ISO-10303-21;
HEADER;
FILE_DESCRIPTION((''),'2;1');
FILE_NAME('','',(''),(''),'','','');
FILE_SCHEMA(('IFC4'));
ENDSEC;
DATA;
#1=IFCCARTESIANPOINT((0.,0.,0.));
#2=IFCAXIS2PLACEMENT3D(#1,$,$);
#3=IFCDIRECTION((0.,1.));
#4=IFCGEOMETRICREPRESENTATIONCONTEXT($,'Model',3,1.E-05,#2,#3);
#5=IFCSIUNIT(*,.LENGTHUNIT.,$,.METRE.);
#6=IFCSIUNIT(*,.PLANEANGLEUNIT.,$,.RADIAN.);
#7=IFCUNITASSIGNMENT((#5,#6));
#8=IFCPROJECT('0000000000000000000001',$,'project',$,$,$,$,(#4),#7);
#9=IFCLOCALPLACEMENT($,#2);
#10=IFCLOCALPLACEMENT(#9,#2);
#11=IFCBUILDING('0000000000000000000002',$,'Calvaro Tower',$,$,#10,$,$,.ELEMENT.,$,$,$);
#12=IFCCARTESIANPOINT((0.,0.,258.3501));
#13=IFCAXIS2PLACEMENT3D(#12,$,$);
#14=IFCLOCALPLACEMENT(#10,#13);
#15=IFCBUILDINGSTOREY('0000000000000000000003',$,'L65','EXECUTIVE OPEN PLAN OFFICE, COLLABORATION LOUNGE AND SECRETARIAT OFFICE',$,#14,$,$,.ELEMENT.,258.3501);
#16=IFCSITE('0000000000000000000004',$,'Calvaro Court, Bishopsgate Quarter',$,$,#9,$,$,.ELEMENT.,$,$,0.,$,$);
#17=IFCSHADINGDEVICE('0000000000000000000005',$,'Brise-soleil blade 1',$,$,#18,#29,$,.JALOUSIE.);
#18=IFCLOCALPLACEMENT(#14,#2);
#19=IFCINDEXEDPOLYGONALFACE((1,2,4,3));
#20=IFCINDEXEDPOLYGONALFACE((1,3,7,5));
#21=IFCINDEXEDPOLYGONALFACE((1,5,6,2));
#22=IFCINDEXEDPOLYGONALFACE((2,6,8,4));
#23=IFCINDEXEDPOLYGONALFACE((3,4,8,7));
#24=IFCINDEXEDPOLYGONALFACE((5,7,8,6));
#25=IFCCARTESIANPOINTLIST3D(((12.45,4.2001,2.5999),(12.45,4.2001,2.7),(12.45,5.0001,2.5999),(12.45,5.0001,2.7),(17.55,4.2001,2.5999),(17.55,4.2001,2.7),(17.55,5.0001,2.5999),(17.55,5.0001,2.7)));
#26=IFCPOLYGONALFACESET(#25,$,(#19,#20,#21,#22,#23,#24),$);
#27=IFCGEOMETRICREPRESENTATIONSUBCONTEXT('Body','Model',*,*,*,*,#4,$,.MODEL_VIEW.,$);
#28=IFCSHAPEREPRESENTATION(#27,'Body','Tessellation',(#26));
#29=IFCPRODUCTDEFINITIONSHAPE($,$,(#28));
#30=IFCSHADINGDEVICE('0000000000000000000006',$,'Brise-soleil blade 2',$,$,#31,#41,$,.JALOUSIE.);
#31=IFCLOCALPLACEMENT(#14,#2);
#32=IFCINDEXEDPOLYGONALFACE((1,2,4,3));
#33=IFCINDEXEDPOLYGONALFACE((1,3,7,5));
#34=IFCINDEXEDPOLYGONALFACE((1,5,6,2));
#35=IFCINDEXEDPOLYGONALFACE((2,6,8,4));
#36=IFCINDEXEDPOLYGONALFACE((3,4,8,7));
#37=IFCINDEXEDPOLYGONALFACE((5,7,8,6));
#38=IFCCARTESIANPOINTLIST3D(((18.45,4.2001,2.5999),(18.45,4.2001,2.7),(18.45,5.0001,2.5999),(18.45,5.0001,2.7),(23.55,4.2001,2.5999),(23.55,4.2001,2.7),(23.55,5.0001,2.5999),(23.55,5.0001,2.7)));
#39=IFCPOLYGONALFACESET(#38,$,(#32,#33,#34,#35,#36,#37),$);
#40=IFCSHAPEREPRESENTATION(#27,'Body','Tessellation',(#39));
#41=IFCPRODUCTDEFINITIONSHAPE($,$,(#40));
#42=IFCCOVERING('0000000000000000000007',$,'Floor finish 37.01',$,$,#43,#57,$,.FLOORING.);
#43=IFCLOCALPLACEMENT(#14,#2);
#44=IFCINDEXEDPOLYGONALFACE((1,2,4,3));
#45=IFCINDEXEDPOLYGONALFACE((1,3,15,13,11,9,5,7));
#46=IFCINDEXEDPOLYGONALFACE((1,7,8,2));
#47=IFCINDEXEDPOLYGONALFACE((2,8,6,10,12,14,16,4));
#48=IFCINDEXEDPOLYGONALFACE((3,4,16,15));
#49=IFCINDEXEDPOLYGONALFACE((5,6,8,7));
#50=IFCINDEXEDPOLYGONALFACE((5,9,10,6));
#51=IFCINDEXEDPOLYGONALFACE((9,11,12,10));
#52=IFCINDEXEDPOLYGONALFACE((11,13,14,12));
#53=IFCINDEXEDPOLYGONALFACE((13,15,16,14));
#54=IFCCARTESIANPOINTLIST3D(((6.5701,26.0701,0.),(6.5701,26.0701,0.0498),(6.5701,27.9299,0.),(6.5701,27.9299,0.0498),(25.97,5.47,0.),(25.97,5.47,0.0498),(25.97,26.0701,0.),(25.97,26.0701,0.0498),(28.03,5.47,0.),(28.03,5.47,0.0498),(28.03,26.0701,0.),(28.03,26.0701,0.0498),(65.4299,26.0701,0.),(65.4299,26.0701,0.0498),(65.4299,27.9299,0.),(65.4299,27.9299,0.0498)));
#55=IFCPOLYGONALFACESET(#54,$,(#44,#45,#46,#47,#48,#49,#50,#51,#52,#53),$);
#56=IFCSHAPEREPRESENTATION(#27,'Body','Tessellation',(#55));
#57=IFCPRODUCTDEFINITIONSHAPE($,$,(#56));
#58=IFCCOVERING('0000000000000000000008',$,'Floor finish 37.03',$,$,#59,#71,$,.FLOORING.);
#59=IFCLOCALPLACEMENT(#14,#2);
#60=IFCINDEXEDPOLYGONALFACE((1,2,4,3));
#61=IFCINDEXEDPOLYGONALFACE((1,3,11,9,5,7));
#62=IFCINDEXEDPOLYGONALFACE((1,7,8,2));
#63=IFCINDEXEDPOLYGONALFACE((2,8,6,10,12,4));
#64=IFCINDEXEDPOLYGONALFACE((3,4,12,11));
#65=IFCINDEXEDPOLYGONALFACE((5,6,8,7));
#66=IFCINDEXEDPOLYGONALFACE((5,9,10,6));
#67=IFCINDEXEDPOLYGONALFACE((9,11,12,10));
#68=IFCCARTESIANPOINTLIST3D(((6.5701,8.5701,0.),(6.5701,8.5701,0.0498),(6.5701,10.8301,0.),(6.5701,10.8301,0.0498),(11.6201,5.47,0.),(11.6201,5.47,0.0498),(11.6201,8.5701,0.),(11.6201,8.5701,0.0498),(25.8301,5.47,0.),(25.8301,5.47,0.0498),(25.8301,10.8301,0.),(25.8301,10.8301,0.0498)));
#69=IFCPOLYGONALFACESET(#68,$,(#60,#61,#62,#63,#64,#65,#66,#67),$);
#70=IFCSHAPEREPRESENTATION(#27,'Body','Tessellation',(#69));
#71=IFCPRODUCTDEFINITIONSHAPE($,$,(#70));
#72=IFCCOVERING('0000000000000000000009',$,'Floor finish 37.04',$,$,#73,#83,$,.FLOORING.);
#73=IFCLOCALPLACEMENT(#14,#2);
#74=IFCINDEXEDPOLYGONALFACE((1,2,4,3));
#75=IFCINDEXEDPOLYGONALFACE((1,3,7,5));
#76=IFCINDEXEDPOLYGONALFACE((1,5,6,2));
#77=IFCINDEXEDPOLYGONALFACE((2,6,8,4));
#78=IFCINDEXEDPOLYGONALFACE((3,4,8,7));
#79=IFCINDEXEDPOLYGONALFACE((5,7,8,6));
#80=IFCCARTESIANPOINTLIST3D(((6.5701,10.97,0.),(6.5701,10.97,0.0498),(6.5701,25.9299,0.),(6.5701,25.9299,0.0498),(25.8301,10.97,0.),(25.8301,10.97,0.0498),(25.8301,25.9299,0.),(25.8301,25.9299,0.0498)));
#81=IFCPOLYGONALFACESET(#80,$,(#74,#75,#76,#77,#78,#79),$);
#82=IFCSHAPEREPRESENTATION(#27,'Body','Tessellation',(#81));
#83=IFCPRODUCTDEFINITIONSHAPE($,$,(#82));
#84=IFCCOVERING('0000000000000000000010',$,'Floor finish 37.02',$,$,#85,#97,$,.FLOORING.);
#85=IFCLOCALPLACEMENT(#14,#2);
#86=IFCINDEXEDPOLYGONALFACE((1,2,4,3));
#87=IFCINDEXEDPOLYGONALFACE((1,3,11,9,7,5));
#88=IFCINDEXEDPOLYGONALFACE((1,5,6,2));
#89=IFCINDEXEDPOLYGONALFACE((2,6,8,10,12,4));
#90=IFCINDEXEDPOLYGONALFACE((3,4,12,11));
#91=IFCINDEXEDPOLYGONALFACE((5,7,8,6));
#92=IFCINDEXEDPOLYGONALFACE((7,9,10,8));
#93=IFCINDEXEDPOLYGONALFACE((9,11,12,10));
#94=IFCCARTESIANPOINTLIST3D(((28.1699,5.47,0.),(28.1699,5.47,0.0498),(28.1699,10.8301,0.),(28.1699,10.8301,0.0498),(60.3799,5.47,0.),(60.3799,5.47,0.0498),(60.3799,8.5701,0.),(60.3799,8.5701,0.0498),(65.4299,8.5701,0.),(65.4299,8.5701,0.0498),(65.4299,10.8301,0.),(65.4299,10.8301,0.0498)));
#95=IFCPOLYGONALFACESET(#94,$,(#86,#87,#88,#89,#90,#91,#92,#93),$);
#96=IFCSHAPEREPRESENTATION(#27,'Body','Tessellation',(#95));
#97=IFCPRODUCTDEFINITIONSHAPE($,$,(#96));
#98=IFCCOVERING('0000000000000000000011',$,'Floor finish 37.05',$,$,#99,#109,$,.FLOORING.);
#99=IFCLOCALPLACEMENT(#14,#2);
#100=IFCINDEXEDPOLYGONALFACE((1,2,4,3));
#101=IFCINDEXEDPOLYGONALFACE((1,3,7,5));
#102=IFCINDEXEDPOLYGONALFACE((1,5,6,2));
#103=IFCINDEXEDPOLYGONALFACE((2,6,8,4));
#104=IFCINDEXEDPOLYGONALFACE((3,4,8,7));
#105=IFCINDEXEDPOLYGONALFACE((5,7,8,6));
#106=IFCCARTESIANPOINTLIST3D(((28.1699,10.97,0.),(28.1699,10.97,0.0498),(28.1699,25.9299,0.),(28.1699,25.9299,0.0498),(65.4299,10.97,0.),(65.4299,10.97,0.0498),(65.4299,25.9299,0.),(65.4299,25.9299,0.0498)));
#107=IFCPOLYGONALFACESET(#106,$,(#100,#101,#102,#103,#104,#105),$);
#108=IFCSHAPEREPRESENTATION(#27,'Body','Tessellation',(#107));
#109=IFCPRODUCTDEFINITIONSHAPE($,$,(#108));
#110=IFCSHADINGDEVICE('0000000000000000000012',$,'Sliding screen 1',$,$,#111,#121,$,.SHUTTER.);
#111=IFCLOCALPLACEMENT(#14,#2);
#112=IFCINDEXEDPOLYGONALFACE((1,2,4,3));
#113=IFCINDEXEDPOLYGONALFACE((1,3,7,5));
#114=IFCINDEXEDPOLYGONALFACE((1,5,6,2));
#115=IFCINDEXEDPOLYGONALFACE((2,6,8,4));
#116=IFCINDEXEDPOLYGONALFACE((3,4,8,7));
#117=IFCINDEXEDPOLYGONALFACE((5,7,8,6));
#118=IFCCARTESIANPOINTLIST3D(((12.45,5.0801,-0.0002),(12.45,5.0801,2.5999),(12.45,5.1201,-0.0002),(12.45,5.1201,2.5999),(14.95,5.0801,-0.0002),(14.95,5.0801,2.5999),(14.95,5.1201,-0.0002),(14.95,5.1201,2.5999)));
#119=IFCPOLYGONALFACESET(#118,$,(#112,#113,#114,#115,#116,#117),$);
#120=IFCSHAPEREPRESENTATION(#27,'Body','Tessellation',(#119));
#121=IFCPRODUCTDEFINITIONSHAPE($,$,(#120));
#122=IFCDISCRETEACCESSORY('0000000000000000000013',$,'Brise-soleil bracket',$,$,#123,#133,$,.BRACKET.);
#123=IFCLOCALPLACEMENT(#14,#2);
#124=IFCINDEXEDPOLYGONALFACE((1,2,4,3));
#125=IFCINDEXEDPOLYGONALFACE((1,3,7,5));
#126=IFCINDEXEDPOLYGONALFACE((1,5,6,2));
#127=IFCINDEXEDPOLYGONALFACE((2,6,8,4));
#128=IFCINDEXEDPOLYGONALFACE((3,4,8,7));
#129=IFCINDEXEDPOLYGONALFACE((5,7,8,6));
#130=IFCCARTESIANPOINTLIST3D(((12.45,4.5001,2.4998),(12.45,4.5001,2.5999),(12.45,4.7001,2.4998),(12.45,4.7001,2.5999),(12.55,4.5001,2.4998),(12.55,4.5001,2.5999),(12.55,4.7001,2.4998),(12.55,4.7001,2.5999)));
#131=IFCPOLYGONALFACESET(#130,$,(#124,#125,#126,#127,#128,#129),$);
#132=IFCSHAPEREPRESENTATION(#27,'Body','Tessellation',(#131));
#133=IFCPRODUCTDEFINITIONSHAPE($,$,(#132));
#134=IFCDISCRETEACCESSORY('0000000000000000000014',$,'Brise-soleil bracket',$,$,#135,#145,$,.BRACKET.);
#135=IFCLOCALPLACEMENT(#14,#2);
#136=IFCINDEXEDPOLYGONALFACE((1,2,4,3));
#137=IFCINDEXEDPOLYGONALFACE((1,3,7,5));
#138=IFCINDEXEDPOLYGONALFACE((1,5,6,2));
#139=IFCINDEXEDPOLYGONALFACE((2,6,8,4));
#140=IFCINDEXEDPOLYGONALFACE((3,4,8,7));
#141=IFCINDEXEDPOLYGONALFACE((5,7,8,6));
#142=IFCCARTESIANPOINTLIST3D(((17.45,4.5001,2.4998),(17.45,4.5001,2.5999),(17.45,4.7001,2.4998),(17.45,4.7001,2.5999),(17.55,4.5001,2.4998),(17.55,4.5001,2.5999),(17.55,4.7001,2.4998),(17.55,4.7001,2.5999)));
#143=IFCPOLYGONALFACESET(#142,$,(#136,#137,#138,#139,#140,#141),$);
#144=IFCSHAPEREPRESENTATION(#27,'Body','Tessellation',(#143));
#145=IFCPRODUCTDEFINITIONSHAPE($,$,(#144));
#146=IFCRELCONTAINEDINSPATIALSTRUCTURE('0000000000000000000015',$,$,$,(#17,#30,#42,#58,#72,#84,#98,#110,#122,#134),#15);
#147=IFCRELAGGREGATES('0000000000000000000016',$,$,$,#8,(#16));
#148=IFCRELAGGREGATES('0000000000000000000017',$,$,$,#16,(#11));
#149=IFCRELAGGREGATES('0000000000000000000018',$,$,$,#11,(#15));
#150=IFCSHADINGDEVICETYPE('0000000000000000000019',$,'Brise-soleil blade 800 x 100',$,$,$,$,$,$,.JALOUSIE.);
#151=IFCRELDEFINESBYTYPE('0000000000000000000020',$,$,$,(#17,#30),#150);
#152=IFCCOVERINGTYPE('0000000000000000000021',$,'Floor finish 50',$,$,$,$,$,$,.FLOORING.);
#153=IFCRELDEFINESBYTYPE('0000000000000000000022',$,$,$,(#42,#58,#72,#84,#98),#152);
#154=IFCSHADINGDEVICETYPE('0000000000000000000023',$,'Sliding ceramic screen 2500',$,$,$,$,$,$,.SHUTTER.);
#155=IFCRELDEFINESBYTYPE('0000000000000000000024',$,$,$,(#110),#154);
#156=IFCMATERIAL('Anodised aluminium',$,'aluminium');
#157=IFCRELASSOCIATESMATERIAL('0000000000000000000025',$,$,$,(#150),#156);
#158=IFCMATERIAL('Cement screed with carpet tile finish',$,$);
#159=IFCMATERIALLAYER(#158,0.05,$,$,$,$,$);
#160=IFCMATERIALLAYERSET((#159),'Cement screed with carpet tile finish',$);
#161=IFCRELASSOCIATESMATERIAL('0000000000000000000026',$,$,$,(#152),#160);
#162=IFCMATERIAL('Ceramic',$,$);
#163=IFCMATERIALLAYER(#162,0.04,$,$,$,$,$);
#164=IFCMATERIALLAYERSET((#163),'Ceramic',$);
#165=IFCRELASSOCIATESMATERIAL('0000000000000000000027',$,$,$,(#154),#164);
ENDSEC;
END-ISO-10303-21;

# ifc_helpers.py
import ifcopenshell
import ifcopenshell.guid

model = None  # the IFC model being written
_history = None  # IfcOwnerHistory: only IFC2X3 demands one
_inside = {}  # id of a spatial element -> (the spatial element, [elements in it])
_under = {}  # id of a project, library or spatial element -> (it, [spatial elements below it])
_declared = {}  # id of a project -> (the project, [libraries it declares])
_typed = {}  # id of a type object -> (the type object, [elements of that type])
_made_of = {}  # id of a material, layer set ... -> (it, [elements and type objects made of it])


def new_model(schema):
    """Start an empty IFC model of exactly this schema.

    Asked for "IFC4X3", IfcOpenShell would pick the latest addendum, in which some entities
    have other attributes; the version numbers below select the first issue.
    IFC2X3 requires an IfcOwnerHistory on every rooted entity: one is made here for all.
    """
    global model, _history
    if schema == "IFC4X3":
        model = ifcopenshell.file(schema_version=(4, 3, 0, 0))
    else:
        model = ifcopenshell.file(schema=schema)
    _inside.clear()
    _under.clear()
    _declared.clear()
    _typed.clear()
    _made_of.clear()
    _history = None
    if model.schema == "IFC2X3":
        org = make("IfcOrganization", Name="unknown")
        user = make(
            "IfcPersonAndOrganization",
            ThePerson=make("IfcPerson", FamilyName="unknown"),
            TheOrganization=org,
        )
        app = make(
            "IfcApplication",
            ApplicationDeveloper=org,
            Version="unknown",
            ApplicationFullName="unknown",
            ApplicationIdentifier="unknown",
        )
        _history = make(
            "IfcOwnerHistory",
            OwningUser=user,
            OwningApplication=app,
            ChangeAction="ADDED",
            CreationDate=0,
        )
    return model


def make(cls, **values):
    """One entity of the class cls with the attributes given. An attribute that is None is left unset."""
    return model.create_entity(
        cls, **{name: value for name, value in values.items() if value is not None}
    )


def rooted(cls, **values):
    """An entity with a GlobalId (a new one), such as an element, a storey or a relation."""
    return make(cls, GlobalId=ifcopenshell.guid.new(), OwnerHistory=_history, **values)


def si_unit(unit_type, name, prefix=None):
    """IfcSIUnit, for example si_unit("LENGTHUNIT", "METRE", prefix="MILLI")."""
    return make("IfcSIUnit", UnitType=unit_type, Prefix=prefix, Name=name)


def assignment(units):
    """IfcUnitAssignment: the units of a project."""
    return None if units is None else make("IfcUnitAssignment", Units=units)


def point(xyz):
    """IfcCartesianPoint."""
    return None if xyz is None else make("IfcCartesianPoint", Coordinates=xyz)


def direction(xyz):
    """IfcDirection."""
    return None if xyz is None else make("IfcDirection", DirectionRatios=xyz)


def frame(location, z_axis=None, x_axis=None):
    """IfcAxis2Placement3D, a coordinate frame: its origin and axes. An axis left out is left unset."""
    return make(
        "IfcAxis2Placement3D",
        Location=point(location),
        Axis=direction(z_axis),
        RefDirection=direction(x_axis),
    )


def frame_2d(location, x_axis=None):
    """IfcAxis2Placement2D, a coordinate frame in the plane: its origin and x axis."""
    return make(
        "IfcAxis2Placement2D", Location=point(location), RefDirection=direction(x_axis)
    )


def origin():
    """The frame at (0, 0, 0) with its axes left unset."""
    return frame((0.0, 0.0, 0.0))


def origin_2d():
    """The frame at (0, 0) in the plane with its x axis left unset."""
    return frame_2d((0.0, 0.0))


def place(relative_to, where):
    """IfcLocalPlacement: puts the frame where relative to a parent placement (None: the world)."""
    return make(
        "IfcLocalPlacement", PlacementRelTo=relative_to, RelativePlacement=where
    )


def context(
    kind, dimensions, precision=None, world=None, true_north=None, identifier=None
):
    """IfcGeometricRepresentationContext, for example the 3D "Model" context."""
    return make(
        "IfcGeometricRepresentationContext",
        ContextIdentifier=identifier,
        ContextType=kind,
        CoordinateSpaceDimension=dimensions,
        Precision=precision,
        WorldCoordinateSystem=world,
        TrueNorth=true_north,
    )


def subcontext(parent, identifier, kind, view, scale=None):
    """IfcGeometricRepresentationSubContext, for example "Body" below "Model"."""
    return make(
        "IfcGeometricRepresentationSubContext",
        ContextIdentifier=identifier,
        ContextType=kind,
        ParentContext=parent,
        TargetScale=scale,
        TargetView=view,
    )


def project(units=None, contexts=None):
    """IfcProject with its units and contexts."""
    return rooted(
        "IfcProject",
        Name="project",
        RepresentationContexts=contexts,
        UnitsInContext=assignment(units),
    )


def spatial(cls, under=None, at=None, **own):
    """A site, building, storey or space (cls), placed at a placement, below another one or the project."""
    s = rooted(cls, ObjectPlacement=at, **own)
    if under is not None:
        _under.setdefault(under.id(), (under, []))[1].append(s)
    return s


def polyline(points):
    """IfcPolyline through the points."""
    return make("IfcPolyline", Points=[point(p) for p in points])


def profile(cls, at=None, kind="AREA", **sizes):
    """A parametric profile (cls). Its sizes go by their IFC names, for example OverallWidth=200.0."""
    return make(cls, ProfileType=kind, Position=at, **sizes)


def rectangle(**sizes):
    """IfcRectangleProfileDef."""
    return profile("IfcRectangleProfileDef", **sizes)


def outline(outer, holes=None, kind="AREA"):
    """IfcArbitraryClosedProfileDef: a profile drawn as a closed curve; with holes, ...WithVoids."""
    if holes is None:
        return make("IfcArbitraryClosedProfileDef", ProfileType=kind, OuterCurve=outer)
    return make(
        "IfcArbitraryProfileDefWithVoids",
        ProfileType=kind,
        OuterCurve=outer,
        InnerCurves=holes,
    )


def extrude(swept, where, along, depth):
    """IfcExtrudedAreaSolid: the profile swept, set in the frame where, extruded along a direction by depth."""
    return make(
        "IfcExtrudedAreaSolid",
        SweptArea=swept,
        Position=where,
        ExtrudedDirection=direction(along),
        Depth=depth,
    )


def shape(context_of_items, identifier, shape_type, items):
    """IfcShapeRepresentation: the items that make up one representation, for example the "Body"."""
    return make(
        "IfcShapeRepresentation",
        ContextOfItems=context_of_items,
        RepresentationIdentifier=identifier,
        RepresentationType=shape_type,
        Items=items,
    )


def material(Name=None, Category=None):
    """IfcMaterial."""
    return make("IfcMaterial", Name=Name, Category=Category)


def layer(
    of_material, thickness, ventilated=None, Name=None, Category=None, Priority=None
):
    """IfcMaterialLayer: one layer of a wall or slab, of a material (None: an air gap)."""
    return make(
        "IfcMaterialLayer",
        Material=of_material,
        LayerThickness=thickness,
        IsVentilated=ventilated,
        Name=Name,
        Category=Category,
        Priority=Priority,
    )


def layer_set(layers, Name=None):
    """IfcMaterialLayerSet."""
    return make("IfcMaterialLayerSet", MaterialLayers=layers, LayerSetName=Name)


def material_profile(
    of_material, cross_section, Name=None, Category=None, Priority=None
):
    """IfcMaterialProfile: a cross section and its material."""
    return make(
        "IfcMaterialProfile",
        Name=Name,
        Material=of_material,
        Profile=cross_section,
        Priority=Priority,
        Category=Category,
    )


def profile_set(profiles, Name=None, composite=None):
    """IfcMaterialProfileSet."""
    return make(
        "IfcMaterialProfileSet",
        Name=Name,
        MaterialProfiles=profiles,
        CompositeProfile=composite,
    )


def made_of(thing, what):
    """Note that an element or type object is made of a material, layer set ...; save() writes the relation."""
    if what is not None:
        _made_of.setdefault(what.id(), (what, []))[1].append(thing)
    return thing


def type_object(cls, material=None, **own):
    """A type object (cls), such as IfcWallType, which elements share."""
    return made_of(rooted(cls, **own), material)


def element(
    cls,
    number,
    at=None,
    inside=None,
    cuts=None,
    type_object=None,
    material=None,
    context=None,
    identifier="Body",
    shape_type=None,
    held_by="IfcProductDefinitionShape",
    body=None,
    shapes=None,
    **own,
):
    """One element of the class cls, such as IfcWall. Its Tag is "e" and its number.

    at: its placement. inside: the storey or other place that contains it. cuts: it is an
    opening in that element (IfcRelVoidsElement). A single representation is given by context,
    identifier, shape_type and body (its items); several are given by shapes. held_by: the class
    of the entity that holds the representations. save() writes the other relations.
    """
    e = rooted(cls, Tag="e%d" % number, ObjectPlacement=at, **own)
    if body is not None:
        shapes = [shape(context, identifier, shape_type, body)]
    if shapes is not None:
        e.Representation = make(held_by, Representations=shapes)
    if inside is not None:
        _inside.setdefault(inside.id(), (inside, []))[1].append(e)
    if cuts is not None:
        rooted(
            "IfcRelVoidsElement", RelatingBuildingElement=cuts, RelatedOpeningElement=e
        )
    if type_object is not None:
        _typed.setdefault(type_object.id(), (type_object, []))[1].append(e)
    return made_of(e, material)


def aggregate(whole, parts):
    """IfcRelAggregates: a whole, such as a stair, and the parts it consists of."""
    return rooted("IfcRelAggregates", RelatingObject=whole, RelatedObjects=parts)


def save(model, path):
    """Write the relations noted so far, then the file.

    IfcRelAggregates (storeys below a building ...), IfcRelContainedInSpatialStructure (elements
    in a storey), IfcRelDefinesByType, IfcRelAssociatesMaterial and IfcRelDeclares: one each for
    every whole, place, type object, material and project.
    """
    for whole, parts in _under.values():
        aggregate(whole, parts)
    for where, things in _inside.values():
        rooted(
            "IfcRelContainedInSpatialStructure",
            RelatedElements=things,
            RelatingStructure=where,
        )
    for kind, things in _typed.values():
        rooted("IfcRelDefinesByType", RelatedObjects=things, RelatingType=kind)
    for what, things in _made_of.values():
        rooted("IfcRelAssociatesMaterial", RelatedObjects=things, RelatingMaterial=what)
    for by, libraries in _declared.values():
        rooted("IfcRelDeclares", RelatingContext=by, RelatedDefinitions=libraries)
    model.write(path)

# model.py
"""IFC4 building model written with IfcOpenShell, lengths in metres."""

from ifc_helpers import new_model, si_unit, direction, frame, origin, origin_2d, place, context, subcontext, project, spatial, polyline, rectangle, outline, extrude, material, layer, layer_set, material_profile, profile_set, type_object, element, save


model = new_model("IFC4")

# Units and contexts
model_context = context("Model", 3, precision=1e-05, world=origin(), true_north=direction((0.0, 1.0)))
body_context = subcontext(model_context, "Body", "Model", "MODEL_VIEW")
ifc_project = project(units=[si_unit("LENGTHUNIT", "METRE"), si_unit("PLANEANGLEUNIT", "RADIAN")], contexts=[model_context])

# Site, building, storey
site_placement = place(None, origin())
site = spatial("IfcSite", under=ifc_project, at=site_placement, Name="Calvaro Court, Bishopsgate Quarter", CompositionType="ELEMENT", RefElevation=0.0)
building_placement = place(site_placement, origin())
building = spatial("IfcBuilding", under=site, at=building_placement, Name="Calvaro Tower", CompositionType="ELEMENT")
storey_placement = place(building_placement, frame((0.0, 0.0, 258.3501)))
storey = spatial("IfcBuildingStorey", under=building, at=storey_placement, Name="L65", Description="EXECUTIVE OPEN PLAN OFFICE, COLLABORATION LOUNGE AND SECRETARIAT OFFICE", CompositionType="ELEMENT", Elevation=258.3501)

# Shading devices
ifc_material_1 = material(Name="Anodised aluminium", Category="aluminium")
ifc_material_profile_1 = material_profile(ifc_material_1, rectangle(XDim=0.8, YDim=0.1001, at=origin_2d()), Name="Brise-soleil blade 800 x 100")
ifc_profile_set_1 = profile_set([ifc_material_profile_1], Name="Anodised aluminium")
shading_device_type_1 = type_object("IfcShadingDeviceType", Name="Brise-soleil blade 800 x 100", PredefinedType="JALOUSIE", material=ifc_profile_set_1)
for number, where, z_axis, x_axis, name in (
    (1, (12.45, 4.6001, 2.6499), (1.0, 0.0, 0.0), (0.0, 1.0, 0.0), "Brise-soleil blade 1"),
    (2, (18.45, 4.6001, 2.6499), (1.0, 0.0, 0.0), (0.0, 1.0, 0.0), "Brise-soleil blade 2"),
):
    element("IfcShadingDevice", number, at=place(storey_placement, frame(where, z_axis=z_axis, x_axis=x_axis)), inside=storey, type_object=shading_device_type_1, Name=name, PredefinedType="JALOUSIE", context=body_context, shape_type="SweptSolid", body=[
        extrude(rectangle(XDim=0.8, YDim=0.1001, at=origin_2d()), origin(), (0.0, 0.0, 1.0), 5.1001),
    ])

# Coverings
ifc_material_2 = material(Name="Cement screed with carpet tile finish")
ifc_layer_1 = layer(ifc_material_2, 0.05)
ifc_layer_set_1 = layer_set([ifc_layer_1], Name="Cement screed with carpet tile finish")
covering_type = type_object("IfcCoveringType", Name="Floor finish 50", PredefinedType="FLOORING", material=ifc_layer_set_1)
covering_1_placement = place(storey_placement, origin())
element("IfcCovering", 3, at=covering_1_placement, inside=storey, type_object=covering_type, Name="Floor finish 37.01", PredefinedType="FLOORING", context=body_context, shape_type="SweptSolid", body=[
    extrude(outline(polyline([(25.97, 5.47), (25.97, 26.0701), (6.5701, 26.0701), (6.5701, 27.9299), (65.4299, 27.9299), (65.4299, 26.0701), (28.03, 26.0701), (28.03, 5.47), (25.97, 5.47)])), origin(), (0.0, 0.0, 1.0), 0.0498),
])
covering_2_placement = place(storey_placement, origin())
element("IfcCovering", 4, at=covering_2_placement, inside=storey, type_object=covering_type, Name="Floor finish 37.03", PredefinedType="FLOORING", context=body_context, shape_type="SweptSolid", body=[
    extrude(outline(polyline([(25.8301, 10.8301), (25.8301, 5.47), (11.6201, 5.47), (11.6201, 8.5701), (6.5701, 8.5701), (6.5701, 10.8301), (25.8301, 10.8301)])), origin(), (0.0, 0.0, 1.0), 0.0498),
])
covering_3_placement = place(storey_placement, origin())
element("IfcCovering", 5, at=covering_3_placement, inside=storey, type_object=covering_type, Name="Floor finish 37.04", PredefinedType="FLOORING", context=body_context, shape_type="SweptSolid", body=[
    extrude(outline(polyline([(25.8301, 25.9299), (25.8301, 10.97), (6.5701, 10.97), (6.5701, 25.9299), (25.8301, 25.9299)])), origin(), (0.0, 0.0, 1.0), 0.0498),
])
covering_4_placement = place(storey_placement, origin())
element("IfcCovering", 6, at=covering_4_placement, inside=storey, type_object=covering_type, Name="Floor finish 37.02", PredefinedType="FLOORING", context=body_context, shape_type="SweptSolid", body=[
    extrude(outline(polyline([(65.4299, 8.5701), (60.3799, 8.5701), (60.3799, 5.47), (28.1699, 5.47), (28.1699, 10.8301), (65.4299, 10.8301), (65.4299, 8.5701)])), origin(), (0.0, 0.0, 1.0), 0.0498),
])
covering_5_placement = place(storey_placement, origin())
element("IfcCovering", 7, at=covering_5_placement, inside=storey, type_object=covering_type, Name="Floor finish 37.05", PredefinedType="FLOORING", context=body_context, shape_type="SweptSolid", body=[
    extrude(outline(polyline([(65.4299, 10.97), (28.1699, 10.97), (28.1699, 25.9299), (65.4299, 25.9299), (65.4299, 10.97)])), origin(), (0.0, 0.0, 1.0), 0.0498),
])

# Shading device
ifc_material_3 = material(Name="Ceramic")
ifc_layer_2 = layer(ifc_material_3, 0.04)
ifc_layer_set_2 = layer_set([ifc_layer_2], Name="Ceramic")
shading_device_type_2 = type_object("IfcShadingDeviceType", Name="Sliding ceramic screen 2500", PredefinedType="SHUTTER", material=ifc_layer_set_2)
shading_device_placement = place(storey_placement, frame((13.7, 5.1001, -0.0002), z_axis=(0.0, 0.0, 1.0), x_axis=(1.0, 0.0, 0.0)))
element("IfcShadingDevice", 8, at=shading_device_placement, inside=storey, type_object=shading_device_type_2, Name="Sliding screen 1", PredefinedType="SHUTTER", context=body_context, shape_type="SweptSolid", body=[
    extrude(rectangle(XDim=2.5, YDim=0.04, at=origin_2d()), origin(), (0.0, 0.0, 1.0), 2.6001),
])

# Discrete accessories
for number, where, z_axis, x_axis, name in (
    (9, (12.5, 4.6001, 2.4998), (0.0, 0.0, 1.0), (1.0, 0.0, 0.0), "Brise-soleil bracket"),
    (10, (17.5, 4.6001, 2.4998), (0.0, 0.0, 1.0), (1.0, 0.0, 0.0), "Brise-soleil bracket"),
):
    element("IfcDiscreteAccessory", number, at=place(storey_placement, frame(where, z_axis=z_axis, x_axis=x_axis)), inside=storey, Name=name, PredefinedType="BRACKET", context=body_context, shape_type="SweptSolid", body=[
        extrude(rectangle(XDim=0.1001, YDim=0.2, at=origin_2d()), origin(), (0.0, 0.0, 1.0), 0.1001),
    ])

save(model, "model.ifc")
